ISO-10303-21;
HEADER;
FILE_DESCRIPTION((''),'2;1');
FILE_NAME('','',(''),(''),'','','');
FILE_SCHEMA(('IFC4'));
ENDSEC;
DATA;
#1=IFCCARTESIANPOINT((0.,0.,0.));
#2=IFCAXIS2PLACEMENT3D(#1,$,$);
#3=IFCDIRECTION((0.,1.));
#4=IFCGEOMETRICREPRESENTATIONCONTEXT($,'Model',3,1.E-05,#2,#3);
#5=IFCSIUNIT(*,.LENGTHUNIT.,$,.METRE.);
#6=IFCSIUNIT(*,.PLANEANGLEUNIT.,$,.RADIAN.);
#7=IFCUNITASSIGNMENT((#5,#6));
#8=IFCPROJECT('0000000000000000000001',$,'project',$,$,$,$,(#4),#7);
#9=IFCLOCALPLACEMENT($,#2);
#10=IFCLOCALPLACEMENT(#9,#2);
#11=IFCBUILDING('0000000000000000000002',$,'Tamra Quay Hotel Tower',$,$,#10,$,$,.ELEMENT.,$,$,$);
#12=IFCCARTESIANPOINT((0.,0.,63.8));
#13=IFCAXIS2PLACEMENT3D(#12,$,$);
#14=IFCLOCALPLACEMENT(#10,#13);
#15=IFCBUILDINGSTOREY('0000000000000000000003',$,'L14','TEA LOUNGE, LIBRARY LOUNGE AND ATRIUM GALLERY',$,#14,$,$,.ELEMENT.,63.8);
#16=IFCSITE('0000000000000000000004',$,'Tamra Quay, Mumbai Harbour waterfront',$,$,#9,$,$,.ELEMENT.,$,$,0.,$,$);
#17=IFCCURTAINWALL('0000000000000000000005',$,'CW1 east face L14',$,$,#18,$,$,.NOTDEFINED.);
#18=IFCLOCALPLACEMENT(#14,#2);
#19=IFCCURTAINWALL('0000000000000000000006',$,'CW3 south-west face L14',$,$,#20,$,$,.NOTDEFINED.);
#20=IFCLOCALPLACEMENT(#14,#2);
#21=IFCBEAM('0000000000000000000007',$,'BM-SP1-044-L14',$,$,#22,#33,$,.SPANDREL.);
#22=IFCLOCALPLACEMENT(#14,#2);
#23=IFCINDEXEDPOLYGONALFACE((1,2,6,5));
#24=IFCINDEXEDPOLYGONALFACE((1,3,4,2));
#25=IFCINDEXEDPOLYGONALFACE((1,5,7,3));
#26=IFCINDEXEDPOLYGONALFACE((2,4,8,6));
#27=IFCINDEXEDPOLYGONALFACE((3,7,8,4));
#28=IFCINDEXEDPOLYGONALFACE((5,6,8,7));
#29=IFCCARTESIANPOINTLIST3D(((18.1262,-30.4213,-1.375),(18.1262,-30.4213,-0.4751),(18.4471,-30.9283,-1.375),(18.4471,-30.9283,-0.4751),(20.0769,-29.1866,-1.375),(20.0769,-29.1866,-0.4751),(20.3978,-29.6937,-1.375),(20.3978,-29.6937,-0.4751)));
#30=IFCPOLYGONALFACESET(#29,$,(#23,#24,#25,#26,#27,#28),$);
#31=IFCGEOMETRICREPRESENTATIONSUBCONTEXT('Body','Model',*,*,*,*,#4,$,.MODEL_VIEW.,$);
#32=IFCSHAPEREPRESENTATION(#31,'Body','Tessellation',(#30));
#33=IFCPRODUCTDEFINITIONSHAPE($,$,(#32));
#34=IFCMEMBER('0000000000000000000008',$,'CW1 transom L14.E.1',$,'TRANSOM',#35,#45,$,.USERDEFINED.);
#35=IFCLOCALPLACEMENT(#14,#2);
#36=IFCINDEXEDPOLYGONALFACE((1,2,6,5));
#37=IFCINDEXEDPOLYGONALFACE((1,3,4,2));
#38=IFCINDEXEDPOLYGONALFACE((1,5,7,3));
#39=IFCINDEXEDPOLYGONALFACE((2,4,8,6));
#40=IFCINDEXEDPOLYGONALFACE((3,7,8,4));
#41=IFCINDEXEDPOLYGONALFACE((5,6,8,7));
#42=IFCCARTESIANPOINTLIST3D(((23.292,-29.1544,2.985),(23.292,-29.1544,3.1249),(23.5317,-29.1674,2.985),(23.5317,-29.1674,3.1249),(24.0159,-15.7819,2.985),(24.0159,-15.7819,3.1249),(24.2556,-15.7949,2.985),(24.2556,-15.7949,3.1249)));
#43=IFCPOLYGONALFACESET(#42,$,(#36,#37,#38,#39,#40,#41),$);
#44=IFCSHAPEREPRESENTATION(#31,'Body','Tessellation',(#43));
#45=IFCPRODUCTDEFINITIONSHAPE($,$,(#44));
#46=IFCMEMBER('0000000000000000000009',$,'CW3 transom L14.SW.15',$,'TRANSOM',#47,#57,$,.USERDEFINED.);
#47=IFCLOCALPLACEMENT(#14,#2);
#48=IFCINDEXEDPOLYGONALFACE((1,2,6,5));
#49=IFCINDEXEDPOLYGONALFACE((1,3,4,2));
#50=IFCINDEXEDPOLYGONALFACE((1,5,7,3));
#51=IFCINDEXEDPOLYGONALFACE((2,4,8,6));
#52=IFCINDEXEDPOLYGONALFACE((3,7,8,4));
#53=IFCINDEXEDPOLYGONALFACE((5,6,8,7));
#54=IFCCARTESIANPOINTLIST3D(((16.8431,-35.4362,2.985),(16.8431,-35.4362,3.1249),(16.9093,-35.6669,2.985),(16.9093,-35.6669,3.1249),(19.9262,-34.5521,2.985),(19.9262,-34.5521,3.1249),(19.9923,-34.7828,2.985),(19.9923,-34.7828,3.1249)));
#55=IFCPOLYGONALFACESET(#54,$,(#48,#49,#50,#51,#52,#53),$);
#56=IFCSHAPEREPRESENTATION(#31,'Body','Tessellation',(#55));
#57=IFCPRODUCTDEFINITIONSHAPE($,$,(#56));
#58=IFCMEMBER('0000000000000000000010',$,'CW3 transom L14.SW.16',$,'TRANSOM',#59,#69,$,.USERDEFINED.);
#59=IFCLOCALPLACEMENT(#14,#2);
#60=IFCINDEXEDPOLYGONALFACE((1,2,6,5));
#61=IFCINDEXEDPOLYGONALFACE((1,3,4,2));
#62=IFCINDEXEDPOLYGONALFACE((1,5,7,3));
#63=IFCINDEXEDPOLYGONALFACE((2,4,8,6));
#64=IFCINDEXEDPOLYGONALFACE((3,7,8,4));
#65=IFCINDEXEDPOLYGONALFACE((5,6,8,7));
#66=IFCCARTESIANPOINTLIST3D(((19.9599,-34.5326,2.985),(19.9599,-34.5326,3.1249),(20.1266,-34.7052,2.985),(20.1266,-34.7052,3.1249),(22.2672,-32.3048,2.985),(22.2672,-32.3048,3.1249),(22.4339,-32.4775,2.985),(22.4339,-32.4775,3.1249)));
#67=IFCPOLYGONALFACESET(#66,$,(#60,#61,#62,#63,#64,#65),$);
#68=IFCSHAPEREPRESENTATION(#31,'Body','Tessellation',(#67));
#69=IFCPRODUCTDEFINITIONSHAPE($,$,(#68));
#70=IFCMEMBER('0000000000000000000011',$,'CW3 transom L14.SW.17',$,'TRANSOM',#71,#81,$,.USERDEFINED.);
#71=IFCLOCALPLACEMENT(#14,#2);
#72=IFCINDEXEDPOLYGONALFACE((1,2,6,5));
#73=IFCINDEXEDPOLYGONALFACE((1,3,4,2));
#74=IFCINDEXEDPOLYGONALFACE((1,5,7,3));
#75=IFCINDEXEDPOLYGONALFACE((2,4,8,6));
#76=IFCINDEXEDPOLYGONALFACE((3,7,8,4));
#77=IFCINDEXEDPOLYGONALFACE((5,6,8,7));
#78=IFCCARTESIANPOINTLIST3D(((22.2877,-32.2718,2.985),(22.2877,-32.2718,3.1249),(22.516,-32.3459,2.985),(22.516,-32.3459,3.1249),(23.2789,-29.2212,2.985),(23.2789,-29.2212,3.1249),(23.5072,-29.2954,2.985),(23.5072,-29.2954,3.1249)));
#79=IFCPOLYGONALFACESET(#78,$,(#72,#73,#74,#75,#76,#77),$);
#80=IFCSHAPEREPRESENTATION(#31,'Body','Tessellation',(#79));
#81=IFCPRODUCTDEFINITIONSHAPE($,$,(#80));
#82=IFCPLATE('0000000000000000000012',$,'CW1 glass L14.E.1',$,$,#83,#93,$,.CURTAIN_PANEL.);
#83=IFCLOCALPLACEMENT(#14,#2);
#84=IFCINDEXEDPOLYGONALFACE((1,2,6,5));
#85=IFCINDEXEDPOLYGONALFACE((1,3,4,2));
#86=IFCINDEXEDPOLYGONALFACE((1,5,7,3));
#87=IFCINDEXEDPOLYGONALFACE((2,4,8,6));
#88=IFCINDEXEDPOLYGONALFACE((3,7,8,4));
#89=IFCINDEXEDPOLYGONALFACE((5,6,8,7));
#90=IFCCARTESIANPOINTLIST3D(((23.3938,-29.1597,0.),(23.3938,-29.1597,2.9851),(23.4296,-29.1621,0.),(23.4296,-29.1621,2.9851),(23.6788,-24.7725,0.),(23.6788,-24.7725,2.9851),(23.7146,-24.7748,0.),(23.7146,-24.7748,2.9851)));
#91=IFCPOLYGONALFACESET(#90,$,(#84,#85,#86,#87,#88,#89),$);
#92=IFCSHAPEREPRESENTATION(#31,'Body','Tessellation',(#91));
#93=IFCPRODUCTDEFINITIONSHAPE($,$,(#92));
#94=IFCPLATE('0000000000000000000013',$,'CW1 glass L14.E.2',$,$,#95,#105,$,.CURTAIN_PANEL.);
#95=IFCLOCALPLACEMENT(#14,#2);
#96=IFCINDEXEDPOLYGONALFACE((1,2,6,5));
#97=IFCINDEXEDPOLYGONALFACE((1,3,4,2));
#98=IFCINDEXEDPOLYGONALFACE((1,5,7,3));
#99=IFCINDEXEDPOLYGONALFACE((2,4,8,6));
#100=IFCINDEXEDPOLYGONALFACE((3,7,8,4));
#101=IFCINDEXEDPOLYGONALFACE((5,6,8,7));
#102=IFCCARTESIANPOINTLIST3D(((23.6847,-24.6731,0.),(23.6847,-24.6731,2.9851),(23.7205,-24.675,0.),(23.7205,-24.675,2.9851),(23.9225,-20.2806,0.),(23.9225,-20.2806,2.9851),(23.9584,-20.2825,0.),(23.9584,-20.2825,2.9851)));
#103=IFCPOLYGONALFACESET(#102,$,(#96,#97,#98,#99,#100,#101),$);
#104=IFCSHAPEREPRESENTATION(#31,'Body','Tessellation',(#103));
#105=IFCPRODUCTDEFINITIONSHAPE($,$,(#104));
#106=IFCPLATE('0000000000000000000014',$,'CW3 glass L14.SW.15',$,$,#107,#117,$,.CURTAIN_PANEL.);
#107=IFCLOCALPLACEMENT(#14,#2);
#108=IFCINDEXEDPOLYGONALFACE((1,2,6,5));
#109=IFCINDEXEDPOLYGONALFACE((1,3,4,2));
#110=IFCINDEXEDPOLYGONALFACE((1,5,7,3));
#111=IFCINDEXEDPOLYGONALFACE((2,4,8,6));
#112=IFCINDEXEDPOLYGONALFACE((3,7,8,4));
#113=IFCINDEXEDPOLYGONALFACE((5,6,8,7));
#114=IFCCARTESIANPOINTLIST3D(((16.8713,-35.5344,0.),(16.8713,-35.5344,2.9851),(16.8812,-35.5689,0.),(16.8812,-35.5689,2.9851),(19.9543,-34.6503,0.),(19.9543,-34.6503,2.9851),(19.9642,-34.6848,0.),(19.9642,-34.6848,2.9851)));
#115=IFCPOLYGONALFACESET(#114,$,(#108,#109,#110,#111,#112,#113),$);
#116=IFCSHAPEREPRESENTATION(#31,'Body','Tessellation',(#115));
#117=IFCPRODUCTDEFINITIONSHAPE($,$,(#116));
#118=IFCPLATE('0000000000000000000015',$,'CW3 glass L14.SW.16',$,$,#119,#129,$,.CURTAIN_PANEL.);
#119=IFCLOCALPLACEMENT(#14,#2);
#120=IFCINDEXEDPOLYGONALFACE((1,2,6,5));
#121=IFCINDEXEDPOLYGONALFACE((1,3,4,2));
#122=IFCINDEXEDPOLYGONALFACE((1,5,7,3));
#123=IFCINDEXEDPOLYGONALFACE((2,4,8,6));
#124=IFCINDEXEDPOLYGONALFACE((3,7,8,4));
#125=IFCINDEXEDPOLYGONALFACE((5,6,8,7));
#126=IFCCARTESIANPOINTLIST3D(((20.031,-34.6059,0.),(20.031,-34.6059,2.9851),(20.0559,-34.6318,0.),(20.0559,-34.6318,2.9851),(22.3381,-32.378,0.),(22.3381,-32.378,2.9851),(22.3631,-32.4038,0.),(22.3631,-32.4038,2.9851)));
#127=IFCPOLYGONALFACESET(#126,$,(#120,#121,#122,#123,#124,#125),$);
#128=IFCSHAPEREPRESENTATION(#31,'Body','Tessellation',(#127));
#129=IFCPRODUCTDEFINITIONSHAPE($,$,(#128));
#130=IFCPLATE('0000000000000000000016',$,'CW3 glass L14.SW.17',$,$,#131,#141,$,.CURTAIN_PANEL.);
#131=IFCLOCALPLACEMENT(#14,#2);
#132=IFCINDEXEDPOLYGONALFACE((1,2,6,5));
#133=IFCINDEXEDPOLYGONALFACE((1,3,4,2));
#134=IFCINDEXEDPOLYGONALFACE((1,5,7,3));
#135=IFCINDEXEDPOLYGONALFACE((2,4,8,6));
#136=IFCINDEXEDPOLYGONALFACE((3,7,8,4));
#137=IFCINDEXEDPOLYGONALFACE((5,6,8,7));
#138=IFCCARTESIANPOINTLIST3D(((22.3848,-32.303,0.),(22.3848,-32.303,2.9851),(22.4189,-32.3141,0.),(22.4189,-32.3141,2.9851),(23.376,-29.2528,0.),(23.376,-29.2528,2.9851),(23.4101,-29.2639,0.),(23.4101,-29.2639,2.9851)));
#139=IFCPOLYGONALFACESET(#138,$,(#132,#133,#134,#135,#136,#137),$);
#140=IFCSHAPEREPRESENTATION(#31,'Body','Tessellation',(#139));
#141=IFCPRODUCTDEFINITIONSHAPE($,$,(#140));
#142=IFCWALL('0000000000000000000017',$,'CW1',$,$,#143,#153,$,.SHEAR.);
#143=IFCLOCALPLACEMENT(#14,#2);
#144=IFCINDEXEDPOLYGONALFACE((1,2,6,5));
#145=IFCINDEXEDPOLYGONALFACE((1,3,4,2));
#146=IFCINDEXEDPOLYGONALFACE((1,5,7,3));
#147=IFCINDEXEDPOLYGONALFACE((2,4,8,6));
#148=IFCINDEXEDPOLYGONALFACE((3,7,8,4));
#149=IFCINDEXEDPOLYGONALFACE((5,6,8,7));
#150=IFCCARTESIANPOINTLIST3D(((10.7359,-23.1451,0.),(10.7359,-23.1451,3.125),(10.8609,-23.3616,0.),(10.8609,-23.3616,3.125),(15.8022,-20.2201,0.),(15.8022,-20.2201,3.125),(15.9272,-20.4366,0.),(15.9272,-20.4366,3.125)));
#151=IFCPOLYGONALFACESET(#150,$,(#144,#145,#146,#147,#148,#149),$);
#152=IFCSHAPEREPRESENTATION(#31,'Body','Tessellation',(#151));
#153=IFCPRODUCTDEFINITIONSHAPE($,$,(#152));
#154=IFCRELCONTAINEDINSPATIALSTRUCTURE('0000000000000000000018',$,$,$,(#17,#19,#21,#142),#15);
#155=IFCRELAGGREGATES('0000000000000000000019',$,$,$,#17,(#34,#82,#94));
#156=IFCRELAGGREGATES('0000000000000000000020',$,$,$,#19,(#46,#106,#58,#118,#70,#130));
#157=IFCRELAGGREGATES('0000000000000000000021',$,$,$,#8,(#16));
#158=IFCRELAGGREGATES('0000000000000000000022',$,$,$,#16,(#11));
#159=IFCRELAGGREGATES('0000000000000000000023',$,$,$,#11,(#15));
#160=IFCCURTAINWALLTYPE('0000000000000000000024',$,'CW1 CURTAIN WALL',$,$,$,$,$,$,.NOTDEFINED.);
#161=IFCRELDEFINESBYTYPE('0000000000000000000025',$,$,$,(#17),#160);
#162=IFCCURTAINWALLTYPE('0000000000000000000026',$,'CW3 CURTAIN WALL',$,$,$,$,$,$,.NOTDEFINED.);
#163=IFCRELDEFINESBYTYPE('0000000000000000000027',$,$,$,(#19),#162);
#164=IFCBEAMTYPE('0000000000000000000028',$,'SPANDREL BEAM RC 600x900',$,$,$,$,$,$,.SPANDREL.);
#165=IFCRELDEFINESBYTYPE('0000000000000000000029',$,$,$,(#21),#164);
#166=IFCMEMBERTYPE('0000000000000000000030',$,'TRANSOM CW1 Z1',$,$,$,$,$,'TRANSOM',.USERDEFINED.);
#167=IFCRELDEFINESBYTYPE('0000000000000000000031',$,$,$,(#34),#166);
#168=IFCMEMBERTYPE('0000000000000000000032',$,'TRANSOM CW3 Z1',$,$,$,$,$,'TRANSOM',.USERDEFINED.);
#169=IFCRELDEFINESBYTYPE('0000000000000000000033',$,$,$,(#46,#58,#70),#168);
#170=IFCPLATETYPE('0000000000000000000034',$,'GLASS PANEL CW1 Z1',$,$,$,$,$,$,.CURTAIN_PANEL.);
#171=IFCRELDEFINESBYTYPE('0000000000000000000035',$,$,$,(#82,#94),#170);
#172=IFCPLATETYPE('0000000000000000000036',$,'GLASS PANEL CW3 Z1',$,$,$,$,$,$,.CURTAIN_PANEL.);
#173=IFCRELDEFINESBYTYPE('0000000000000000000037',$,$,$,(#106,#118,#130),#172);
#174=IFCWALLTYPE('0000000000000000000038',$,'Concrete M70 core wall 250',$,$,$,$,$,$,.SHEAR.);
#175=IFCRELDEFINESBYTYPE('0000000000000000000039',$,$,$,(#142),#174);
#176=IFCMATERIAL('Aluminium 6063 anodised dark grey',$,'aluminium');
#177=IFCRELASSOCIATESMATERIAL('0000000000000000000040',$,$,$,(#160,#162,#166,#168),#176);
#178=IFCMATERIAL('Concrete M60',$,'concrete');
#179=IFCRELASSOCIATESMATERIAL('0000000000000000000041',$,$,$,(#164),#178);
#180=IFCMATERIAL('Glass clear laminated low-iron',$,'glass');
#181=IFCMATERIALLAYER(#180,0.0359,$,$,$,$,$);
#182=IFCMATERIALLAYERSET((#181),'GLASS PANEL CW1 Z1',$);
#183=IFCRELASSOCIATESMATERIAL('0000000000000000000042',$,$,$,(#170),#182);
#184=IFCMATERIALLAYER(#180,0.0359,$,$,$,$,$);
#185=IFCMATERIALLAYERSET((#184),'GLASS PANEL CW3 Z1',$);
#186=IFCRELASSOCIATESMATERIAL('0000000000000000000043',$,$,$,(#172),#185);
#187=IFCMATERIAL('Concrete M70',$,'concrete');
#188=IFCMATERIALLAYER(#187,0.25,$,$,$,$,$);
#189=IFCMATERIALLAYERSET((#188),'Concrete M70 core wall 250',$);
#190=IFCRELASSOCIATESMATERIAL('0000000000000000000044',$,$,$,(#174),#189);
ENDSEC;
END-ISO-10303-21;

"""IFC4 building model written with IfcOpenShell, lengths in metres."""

from ifc_helpers import new_model, si_unit, direction, frame, frame_2d, origin, origin_2d, place, context, subcontext, project, spatial, rectangle, extrude, material, layer, layer_set, material_profile, profile_set, type_object, element, aggregate, save


model = new_model("IFC4")

# Units and contexts
model_context = context("Model", 3, precision=1e-05, world=origin(), true_north=direction((0.0, 1.0)))
body_context = subcontext(model_context, "Body", "Model", "MODEL_VIEW")
ifc_project = project(units=[si_unit("LENGTHUNIT", "METRE"), si_unit("PLANEANGLEUNIT", "RADIAN")], contexts=[model_context])

# Site, building, storey
site_placement = place(None, origin())
site = spatial("IfcSite", under=ifc_project, at=site_placement, Name="Tamra Quay, Mumbai Harbour waterfront", CompositionType="ELEMENT", RefElevation=0.0)
building_placement = place(site_placement, origin())
building = spatial("IfcBuilding", under=site, at=building_placement, Name="Tamra Quay Hotel Tower", CompositionType="ELEMENT")
storey_placement = place(building_placement, frame((0.0, 0.0, 63.8)))
storey = spatial("IfcBuildingStorey", under=building, at=storey_placement, Name="L14", Description="TEA LOUNGE, LIBRARY LOUNGE AND ATRIUM GALLERY", CompositionType="ELEMENT", Elevation=63.8)

# Shared definitions
ifc_material_1 = material(Name="Concrete M70", Category="concrete")

# Curtain walls
ifc_material_2 = material(Name="Aluminium 6063 anodised dark grey", Category="aluminium")
curtain_wall_type_1 = type_object("IfcCurtainWallType", Name="CW1 CURTAIN WALL", PredefinedType="NOTDEFINED", material=ifc_material_2)
curtain_wall_1_placement = place(storey_placement, origin())
curtain_wall_1 = element("IfcCurtainWall", 1, at=curtain_wall_1_placement, inside=storey, type_object=curtain_wall_type_1, Name="CW1 east face L14", PredefinedType="NOTDEFINED")
curtain_wall_type_2 = type_object("IfcCurtainWallType", Name="CW3 CURTAIN WALL", PredefinedType="NOTDEFINED", material=ifc_material_2)
curtain_wall_2_placement = place(storey_placement, origin())
curtain_wall_2 = element("IfcCurtainWall", 2, at=curtain_wall_2_placement, inside=storey, type_object=curtain_wall_type_2, Name="CW3 south-west face L14", PredefinedType="NOTDEFINED")

# Beam
ifc_material_3 = material(Name="Concrete M60", Category="concrete")
ifc_material_profile_1 = material_profile(ifc_material_3, rectangle(XDim=0.6001, YDim=0.8999, at=origin_2d()), Name="SPANDREL BEAM RC 600x900")
ifc_profile_set_1 = profile_set([ifc_material_profile_1], Name="Concrete M60")
beam_type = type_object("IfcBeamType", Name="SPANDREL BEAM RC 600x900", PredefinedType="SPANDREL", material=ifc_profile_set_1)
beam_1_placement = place(storey_placement, frame((18.2866, -30.6748, -0.925), z_axis=(0.844978, 0.5348, 0.0), x_axis=(-0.5348, 0.844978, 0.0)))
element("IfcBeam", 3, at=beam_1_placement, inside=storey, type_object=beam_type, Name="BM-SP1-044-L14", PredefinedType="SPANDREL", context=body_context, shape_type="SweptSolid", body=[
    extrude(rectangle(XDim=0.6001, YDim=0.8999, at=origin_2d()), origin(), (0.0, 0.0, 1.0), 2.3086),
])

# Members
ifc_material_profile_2 = material_profile(ifc_material_2, rectangle(XDim=0.24, YDim=0.1399, at=origin_2d()), Name="TRANSOM 240X140")
ifc_profile_set_2 = profile_set([ifc_material_profile_2], Name="Aluminium 6063 anodised dark grey")
member_type_1 = type_object("IfcMemberType", Name="TRANSOM CW1 Z1", ElementType="TRANSOM", PredefinedType="USERDEFINED", material=ifc_profile_set_2)
member_1_placement = place(storey_placement, frame((23.4119, -29.1609, 3.0549), z_axis=(0.054052, 0.998538, 0.0), x_axis=(-0.998538, 0.054052, 0.0)))
member_1 = element("IfcMember", 4, at=member_1_placement, type_object=member_type_1, Name="CW1 transom L14.E.1", ObjectType="TRANSOM", PredefinedType="USERDEFINED", context=body_context, shape_type="SweptSolid", body=[
    extrude(rectangle(XDim=0.24, YDim=0.1399, at=origin_2d()), origin(), (0.0, 0.0, 1.0), 13.3921),
])
ifc_material_profile_3 = material_profile(ifc_material_2, rectangle(XDim=0.24, YDim=0.1399, at=origin_2d()), Name="TRANSOM 240X140")
ifc_profile_set_3 = profile_set([ifc_material_profile_3], Name="Aluminium 6063 anodised dark grey")
member_type_2 = type_object("IfcMemberType", Name="TRANSOM CW3 Z1", ElementType="TRANSOM", PredefinedType="USERDEFINED", material=ifc_profile_set_3)
member_2_placement = place(storey_placement, frame((16.8762, -35.5515, 3.0549), z_axis=(0.961262, 0.275636, 0.0), x_axis=(-0.275636, 0.961262, 0.0)))
member_2 = element("IfcMember", 5, at=member_2_placement, type_object=member_type_2, Name="CW3 transom L14.SW.15", ObjectType="TRANSOM", PredefinedType="USERDEFINED", context=body_context, shape_type="SweptSolid", body=[
    extrude(rectangle(XDim=0.24, YDim=0.1399, at=origin_2d()), origin(), (0.0, 0.0, 1.0), 3.2073),
])
member_3_placement = place(storey_placement, frame((20.0432, -34.6189, 3.0549), z_axis=(0.719405, 0.69459, 0.0), x_axis=(-0.69459, 0.719405, 0.0)))
member_3 = element("IfcMember", 6, at=member_3_placement, type_object=member_type_2, Name="CW3 transom L14.SW.16", ObjectType="TRANSOM", PredefinedType="USERDEFINED", context=body_context, shape_type="SweptSolid", body=[
    extrude(rectangle(XDim=0.24, YDim=0.1399, at=origin_2d()), origin(), (0.0, 0.0, 1.0), 3.2073),
])
member_4_placement = place(storey_placement, frame((22.4019, -32.3088, 3.0549), z_axis=(0.309026, 0.951054, 0.0), x_axis=(-0.951054, 0.309026, 0.0)))
member_4 = element("IfcMember", 7, at=member_4_placement, type_object=member_type_2, Name="CW3 transom L14.SW.17", ObjectType="TRANSOM", PredefinedType="USERDEFINED", context=body_context, shape_type="SweptSolid", body=[
    extrude(rectangle(XDim=0.24, YDim=0.1399, at=origin_2d()), origin(), (0.0, 0.0, 1.0), 3.2075),
])

# Plates
ifc_material_4 = material(Name="Glass clear laminated low-iron", Category="glass")
ifc_layer_1 = layer(ifc_material_4, 0.0359)
ifc_layer_set_1 = layer_set([ifc_layer_1], Name="GLASS PANEL CW1 Z1")
plate_type_1 = type_object("IfcPlateType", Name="GLASS PANEL CW1 Z1", PredefinedType="CURTAIN_PANEL", material=ifc_layer_set_1)
plate_1_placement = place(storey_placement, frame((23.5542, -26.9673, 0.0), z_axis=(0.0, 0.0, 1.0), x_axis=(0.064813, 0.997897, 0.0)))
plate_1 = element("IfcPlate", 8, at=plate_1_placement, type_object=plate_type_1, Name="CW1 glass L14.E.1", PredefinedType="CURTAIN_PANEL", context=body_context, shape_type="SweptSolid", body=[
    extrude(rectangle(XDim=4.3965, YDim=0.0359, at=origin_2d()), origin(), (0.0, 0.0, 1.0), 2.9851),
])
plate_2_placement = place(storey_placement, frame((23.8215, -22.4778, 0.0), z_axis=(0.0, 0.0, 1.0), x_axis=(0.054062, 0.998538, 0.0)))
plate_2 = element("IfcPlate", 9, at=plate_2_placement, type_object=plate_type_1, Name="CW1 glass L14.E.2", PredefinedType="CURTAIN_PANEL", context=body_context, shape_type="SweptSolid", body=[
    extrude(rectangle(XDim=4.3989, YDim=0.0359, at=origin_2d()), origin(), (0.0, 0.0, 1.0), 2.9851),
])
aggregate(curtain_wall_1, [member_1, plate_1, plate_2])
ifc_layer_2 = layer(ifc_material_4, 0.0359)
ifc_layer_set_2 = layer_set([ifc_layer_2], Name="GLASS PANEL CW3 Z1")
plate_type_2 = type_object("IfcPlateType", Name="GLASS PANEL CW3 Z1", PredefinedType="CURTAIN_PANEL", material=ifc_layer_set_2)
plate_3_placement = place(storey_placement, frame((18.4177, -35.1096, 0.0), z_axis=(0.0, 0.0, 1.0), x_axis=(0.961259, 0.275645, 0.0)))
plate_3 = element("IfcPlate", 10, at=plate_3_placement, type_object=plate_type_2, Name="CW3 glass L14.SW.15", PredefinedType="CURTAIN_PANEL", context=body_context, shape_type="SweptSolid", body=[
    extrude(rectangle(XDim=3.2073, YDim=0.0359, at=origin_2d()), origin(), (0.0, 0.0, 1.0), 2.9851),
])
plate_4_placement = place(storey_placement, frame((21.197, -33.5049, 0.0), z_axis=(0.0, 0.0, 1.0), x_axis=(0.719346, 0.694652, 0.0)))
plate_4 = element("IfcPlate", 11, at=plate_4_placement, type_object=plate_type_2, Name="CW3 glass L14.SW.16", PredefinedType="CURTAIN_PANEL", context=body_context, shape_type="SweptSolid", body=[
    extrude(rectangle(XDim=3.2073, YDim=0.0359, at=origin_2d()), origin(), (0.0, 0.0, 1.0), 2.9851),
])
plate_5_placement = place(storey_placement, frame((22.8975, -30.7834, 0.0), z_axis=(0.0, 0.0, 1.0), x_axis=(0.309041, 0.951049, 0.0)))
plate_5 = element("IfcPlate", 12, at=plate_5_placement, type_object=plate_type_2, Name="CW3 glass L14.SW.17", PredefinedType="CURTAIN_PANEL", context=body_context, shape_type="SweptSolid", body=[
    extrude(rectangle(XDim=3.2073, YDim=0.0359, at=origin_2d()), origin(), (0.0, 0.0, 1.0), 2.9851),
])
aggregate(curtain_wall_2, [member_2, plate_3, member_3, plate_4, member_4, plate_5])

# Wall
ifc_layer_3 = layer(ifc_material_1, 0.25)
ifc_layer_set_3 = layer_set([ifc_layer_3], Name="Concrete M70 core wall 250")
wall_type = type_object("IfcWallType", Name="Concrete M70 core wall 250", PredefinedType="SHEAR", material=ifc_layer_set_3)
wall_placement = place(storey_placement, frame((15.8647, -20.3284, 0.0), z_axis=(0.0, 0.0, 1.0), x_axis=(-0.866029, -0.499995, 0.0)))
element("IfcWall", 13, at=wall_placement, inside=storey, type_object=wall_type, Name="CW1", PredefinedType="SHEAR", context=body_context, shape_type="SweptSolid", body=[
    extrude(rectangle(XDim=5.8501, YDim=0.25, at=frame_2d((2.925, 0.0))), origin(), (0.0, 0.0, 1.0), 3.125),
])

save(model, "model.ifc")
